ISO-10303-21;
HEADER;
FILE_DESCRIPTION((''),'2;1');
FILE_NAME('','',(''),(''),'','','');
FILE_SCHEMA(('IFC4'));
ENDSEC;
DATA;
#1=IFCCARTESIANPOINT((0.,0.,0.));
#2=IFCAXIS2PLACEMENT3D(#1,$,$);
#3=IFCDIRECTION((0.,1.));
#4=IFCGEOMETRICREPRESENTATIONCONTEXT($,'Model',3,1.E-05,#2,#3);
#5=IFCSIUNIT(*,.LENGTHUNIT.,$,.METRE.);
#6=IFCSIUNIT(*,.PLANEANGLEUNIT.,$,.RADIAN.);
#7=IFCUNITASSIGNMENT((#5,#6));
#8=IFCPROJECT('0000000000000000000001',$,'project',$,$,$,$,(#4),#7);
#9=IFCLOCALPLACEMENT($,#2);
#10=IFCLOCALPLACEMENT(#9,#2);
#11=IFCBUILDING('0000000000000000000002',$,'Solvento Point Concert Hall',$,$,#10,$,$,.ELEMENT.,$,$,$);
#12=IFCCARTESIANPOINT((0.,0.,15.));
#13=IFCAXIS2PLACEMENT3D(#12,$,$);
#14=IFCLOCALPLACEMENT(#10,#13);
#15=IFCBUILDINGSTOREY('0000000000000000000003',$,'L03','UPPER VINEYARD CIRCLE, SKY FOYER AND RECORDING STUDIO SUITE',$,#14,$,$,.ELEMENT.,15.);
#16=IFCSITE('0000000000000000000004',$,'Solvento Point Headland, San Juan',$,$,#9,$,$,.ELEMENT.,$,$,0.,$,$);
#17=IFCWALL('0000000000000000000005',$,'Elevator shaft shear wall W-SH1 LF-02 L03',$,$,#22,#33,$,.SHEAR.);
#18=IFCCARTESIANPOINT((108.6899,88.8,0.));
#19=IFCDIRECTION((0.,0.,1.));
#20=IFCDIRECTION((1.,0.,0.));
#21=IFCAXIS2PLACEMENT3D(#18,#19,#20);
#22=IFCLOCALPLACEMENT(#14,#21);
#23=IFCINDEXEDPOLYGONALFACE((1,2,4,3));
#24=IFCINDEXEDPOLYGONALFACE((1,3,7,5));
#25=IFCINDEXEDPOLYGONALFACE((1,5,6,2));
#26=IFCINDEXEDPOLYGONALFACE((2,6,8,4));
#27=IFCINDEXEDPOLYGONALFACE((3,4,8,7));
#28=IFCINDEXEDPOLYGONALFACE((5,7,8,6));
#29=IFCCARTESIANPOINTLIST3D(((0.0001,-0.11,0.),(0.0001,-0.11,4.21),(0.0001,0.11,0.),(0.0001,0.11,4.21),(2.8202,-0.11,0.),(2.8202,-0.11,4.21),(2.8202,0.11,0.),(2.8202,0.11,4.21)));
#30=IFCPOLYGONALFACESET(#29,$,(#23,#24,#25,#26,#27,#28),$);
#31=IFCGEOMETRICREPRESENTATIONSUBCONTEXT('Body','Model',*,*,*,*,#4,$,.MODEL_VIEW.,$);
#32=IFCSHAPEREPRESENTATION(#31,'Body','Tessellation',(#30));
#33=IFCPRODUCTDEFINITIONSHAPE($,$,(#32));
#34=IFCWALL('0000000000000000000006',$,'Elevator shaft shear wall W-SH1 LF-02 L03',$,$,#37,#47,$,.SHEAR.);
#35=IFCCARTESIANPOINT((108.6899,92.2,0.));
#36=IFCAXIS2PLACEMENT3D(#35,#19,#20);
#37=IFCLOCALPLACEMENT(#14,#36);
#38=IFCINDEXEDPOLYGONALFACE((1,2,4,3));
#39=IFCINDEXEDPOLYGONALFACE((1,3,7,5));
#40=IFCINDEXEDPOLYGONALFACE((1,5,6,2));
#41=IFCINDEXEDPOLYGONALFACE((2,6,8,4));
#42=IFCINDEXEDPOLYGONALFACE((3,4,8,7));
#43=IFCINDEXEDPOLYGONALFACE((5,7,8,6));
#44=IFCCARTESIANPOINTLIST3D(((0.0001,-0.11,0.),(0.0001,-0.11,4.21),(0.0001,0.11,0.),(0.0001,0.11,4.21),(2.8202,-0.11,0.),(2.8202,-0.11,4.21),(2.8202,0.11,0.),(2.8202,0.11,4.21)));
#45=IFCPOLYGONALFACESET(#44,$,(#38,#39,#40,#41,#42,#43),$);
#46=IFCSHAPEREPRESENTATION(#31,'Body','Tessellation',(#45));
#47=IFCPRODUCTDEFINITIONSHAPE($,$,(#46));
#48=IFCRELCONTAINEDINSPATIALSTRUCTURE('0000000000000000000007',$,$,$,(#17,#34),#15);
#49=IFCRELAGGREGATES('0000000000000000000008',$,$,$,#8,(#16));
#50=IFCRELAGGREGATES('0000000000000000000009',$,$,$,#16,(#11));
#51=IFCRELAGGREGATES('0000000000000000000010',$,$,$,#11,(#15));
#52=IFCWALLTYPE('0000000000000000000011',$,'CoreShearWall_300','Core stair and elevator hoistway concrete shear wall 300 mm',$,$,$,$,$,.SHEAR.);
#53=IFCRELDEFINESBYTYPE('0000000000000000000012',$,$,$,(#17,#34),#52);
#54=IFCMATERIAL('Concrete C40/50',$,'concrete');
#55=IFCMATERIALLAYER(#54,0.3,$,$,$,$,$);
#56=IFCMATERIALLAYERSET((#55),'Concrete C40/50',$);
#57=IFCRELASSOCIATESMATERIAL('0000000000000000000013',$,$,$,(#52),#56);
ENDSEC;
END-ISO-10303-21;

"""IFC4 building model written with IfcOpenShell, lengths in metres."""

from ifc_helpers import new_model, si_unit, direction, frame, frame_2d, origin, place, context, subcontext, project, spatial, rectangle, extrude, material, layer, layer_set, type_object, element, save


model = new_model("IFC4")

# Units and contexts
model_context = context("Model", 3, precision=1e-05, world=origin(), true_north=direction((0.0, 1.0)))
body_context = subcontext(model_context, "Body", "Model", "MODEL_VIEW")
ifc_project = project(units=[si_unit("LENGTHUNIT", "METRE"), si_unit("PLANEANGLEUNIT", "RADIAN")], contexts=[model_context])

# Site, building, storey
site_placement = place(None, origin())
site = spatial("IfcSite", under=ifc_project, at=site_placement, Name="Solvento Point Headland, San Juan", CompositionType="ELEMENT", RefElevation=0.0)
building_placement = place(site_placement, origin())
building = spatial("IfcBuilding", under=site, at=building_placement, Name="Solvento Point Concert Hall", CompositionType="ELEMENT")
storey_placement = place(building_placement, frame((0.0, 0.0, 15.0)))
storey = spatial("IfcBuildingStorey", under=building, at=storey_placement, Name="L03", Description="UPPER VINEYARD CIRCLE, SKY FOYER AND RECORDING STUDIO SUITE", CompositionType="ELEMENT", Elevation=15.0)

# Walls
ifc_material_1 = material(Name="Concrete C40/50", Category="concrete")
ifc_layer_1 = layer(ifc_material_1, 0.3)
ifc_layer_set_1 = layer_set([ifc_layer_1], Name="Concrete C40/50")
wall_type_1 = type_object("IfcWallType", Name="CoreShearWall_300", Description="Core stair and elevator hoistway concrete shear wall 300 mm", PredefinedType="SHEAR", material=ifc_layer_set_1)
for number, where, z_axis, x_axis, name in (
    (1, (108.6899, 88.8, 0.0), (0.0, 0.0, 1.0), (1.0, 0.0, 0.0), "Elevator shaft shear wall W-SH1 LF-02 L03"),
    (2, (108.6899, 92.2, 0.0), (0.0, 0.0, 1.0), (1.0, 0.0, 0.0), "Elevator shaft shear wall W-SH1 LF-02 L03"),
):
    element("IfcWall", number, at=place(storey_placement, frame(where, z_axis=z_axis, x_axis=x_axis)), inside=storey, type_object=wall_type_1, Name=name, PredefinedType="SHEAR", context=body_context, shape_type="SweptSolid", body=[
        extrude(rectangle(XDim=2.8201, YDim=0.22, at=frame_2d((1.4102, 0.0))), origin(), (0.0, 0.0, 1.0), 4.21),
    ])

save(model, "model.ifc")
